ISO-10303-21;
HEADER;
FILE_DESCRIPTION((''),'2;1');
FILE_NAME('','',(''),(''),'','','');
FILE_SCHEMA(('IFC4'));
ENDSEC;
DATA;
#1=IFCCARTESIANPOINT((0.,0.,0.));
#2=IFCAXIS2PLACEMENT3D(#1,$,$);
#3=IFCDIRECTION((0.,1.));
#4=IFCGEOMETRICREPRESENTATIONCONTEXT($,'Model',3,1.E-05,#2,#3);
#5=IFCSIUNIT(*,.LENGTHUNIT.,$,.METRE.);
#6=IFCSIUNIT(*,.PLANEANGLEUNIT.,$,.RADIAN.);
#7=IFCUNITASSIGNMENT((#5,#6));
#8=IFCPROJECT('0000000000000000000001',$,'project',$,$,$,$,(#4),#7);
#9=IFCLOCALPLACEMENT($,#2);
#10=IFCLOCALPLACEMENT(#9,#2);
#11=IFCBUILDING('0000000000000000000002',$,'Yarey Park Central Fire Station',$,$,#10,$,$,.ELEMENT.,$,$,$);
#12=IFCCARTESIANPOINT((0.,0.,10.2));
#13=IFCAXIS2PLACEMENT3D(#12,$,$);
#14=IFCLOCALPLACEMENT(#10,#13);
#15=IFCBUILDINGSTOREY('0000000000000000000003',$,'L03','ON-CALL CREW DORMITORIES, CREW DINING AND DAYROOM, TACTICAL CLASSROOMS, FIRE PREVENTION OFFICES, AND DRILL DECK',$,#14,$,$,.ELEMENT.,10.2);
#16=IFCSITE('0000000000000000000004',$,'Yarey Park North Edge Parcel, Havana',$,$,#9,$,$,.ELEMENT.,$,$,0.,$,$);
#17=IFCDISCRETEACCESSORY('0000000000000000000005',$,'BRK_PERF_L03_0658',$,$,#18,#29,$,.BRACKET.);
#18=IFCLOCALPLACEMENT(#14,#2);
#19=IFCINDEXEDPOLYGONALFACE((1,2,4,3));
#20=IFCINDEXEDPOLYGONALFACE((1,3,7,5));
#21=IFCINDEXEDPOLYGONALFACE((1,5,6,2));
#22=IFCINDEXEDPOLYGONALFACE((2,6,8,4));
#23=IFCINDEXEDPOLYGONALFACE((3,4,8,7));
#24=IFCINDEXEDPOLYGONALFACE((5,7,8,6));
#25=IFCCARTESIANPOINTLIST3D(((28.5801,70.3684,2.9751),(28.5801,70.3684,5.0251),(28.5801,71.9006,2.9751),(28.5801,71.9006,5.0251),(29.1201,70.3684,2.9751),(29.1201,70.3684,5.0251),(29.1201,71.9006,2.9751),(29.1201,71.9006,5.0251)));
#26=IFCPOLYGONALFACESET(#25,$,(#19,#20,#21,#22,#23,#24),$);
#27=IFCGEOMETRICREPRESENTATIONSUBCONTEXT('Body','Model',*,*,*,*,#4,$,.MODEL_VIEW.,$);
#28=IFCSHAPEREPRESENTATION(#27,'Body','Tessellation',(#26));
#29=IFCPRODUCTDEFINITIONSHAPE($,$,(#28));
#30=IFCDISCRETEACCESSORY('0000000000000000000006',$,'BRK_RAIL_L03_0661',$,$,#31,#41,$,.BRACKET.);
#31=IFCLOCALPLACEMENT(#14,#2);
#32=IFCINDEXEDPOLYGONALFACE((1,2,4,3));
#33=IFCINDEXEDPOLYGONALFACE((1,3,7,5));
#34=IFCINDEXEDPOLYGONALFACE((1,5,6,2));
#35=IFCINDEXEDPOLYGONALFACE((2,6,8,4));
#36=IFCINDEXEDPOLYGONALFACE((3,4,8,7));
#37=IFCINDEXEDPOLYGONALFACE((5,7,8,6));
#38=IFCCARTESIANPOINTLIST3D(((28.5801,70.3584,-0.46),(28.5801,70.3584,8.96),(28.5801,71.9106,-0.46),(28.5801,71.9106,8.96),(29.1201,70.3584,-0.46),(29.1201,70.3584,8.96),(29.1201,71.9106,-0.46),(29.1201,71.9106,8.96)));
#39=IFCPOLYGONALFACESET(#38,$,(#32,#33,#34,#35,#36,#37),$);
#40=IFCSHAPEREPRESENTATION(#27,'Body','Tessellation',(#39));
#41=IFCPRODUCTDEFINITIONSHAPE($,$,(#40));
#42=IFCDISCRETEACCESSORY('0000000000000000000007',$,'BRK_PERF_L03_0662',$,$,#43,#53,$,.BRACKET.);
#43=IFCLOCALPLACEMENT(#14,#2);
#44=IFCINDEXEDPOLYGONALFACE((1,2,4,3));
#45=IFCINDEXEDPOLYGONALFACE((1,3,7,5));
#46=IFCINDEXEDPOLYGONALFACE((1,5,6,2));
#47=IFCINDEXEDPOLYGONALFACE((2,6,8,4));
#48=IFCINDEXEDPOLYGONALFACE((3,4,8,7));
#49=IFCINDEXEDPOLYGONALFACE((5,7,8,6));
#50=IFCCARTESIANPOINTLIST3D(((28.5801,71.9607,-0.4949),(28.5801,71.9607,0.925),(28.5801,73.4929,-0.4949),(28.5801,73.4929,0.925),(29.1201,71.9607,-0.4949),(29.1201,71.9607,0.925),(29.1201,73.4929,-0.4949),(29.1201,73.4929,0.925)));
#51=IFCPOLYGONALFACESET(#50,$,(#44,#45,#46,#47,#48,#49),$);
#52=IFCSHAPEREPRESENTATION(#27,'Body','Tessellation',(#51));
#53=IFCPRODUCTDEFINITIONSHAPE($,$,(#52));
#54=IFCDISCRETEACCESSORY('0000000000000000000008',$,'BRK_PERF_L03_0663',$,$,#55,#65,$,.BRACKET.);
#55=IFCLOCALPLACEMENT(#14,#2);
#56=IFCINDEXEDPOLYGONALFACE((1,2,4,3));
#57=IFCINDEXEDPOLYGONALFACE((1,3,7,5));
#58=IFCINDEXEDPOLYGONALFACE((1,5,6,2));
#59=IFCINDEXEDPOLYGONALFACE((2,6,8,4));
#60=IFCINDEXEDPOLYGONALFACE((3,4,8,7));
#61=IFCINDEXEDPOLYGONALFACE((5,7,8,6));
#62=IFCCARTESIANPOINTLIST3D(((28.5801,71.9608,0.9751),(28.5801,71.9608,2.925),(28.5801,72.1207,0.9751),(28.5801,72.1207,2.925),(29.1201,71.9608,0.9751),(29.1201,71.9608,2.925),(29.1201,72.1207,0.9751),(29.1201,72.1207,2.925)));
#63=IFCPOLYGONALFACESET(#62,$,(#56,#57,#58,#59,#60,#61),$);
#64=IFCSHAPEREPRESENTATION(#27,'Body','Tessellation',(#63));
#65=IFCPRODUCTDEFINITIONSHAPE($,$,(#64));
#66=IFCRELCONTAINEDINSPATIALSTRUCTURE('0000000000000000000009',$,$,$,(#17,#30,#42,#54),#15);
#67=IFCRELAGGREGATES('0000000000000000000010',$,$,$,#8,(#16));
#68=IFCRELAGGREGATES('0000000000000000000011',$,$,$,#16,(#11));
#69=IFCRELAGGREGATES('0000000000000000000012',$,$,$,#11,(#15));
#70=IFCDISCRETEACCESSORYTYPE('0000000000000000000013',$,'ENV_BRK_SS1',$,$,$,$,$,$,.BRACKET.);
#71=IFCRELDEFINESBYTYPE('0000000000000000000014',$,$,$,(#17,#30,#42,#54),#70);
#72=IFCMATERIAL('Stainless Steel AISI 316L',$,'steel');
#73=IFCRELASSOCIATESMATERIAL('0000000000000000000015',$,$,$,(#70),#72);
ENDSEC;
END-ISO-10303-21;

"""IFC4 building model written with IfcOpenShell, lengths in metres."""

from ifc_helpers import new_model, si_unit, direction, frame, origin, origin_2d, place, context, subcontext, project, spatial, rectangle, extrude, material, type_object, element, save


model = new_model("IFC4")

# Units and contexts
model_context = context("Model", 3, precision=1e-05, world=origin(), true_north=direction((0.0, 1.0)))
body_context = subcontext(model_context, "Body", "Model", "MODEL_VIEW")
ifc_project = project(units=[si_unit("LENGTHUNIT", "METRE"), si_unit("PLANEANGLEUNIT", "RADIAN")], contexts=[model_context])

# Site, building, storey
site_placement = place(None, origin())
site = spatial("IfcSite", under=ifc_project, at=site_placement, Name="Yarey Park North Edge Parcel, Havana", CompositionType="ELEMENT", RefElevation=0.0)
building_placement = place(site_placement, origin())
building = spatial("IfcBuilding", under=site, at=building_placement, Name="Yarey Park Central Fire Station", CompositionType="ELEMENT")
storey_placement = place(building_placement, frame((0.0, 0.0, 10.2)))
storey = spatial("IfcBuildingStorey", under=building, at=storey_placement, Name="L03", Description="ON-CALL CREW DORMITORIES, CREW DINING AND DAYROOM, TACTICAL CLASSROOMS, FIRE PREVENTION OFFICES, AND DRILL DECK", CompositionType="ELEMENT", Elevation=10.2)

# Discrete accessories
ifc_material_1 = material(Name="Stainless Steel AISI 316L", Category="steel")
discrete_accessory_type = type_object("IfcDiscreteAccessoryType", Name="ENV_BRK_SS1", PredefinedType="BRACKET", material=ifc_material_1)
discrete_accessory_1_placement = place(storey_placement, frame((28.8501, 71.1345, 2.9751), z_axis=(0.0, 0.0, 1.0), x_axis=(1.0, 0.0, 0.0)))
element("IfcDiscreteAccessory", 1, at=discrete_accessory_1_placement, inside=storey, type_object=discrete_accessory_type, Name="BRK_PERF_L03_0658", PredefinedType="BRACKET", context=body_context, shape_type="SweptSolid", body=[
    extrude(rectangle(XDim=0.54, YDim=1.5322, at=origin_2d()), origin(), (0.0, 0.0, 1.0), 2.05),
])
discrete_accessory_2_placement = place(storey_placement, frame((28.8501, 71.1345, -0.46), z_axis=(0.0, 0.0, 1.0), x_axis=(1.0, 0.0, 0.0)))
element("IfcDiscreteAccessory", 2, at=discrete_accessory_2_placement, inside=storey, type_object=discrete_accessory_type, Name="BRK_RAIL_L03_0661", PredefinedType="BRACKET", context=body_context, shape_type="SweptSolid", body=[
    extrude(rectangle(XDim=0.54, YDim=1.5522, at=origin_2d()), origin(), (0.0, 0.0, 1.0), 9.4199),
])
discrete_accessory_3_placement = place(storey_placement, frame((28.8501, 72.7268, -0.4949), z_axis=(0.0, 0.0, 1.0), x_axis=(1.0, 0.0, 0.0)))
element("IfcDiscreteAccessory", 3, at=discrete_accessory_3_placement, inside=storey, type_object=discrete_accessory_type, Name="BRK_PERF_L03_0662", PredefinedType="BRACKET", context=body_context, shape_type="SweptSolid", body=[
    extrude(rectangle(XDim=0.54, YDim=1.5322, at=origin_2d()), origin(), (0.0, 0.0, 1.0), 1.4199),
])
discrete_accessory_4_placement = place(storey_placement, frame((28.8501, 72.0408, 0.9751), z_axis=(0.0, 0.0, 1.0), x_axis=(1.0, 0.0, 0.0)))
element("IfcDiscreteAccessory", 4, at=discrete_accessory_4_placement, inside=storey, type_object=discrete_accessory_type, Name="BRK_PERF_L03_0663", PredefinedType="BRACKET", context=body_context, shape_type="SweptSolid", body=[
    extrude(rectangle(XDim=0.54, YDim=0.1599, at=origin_2d()), origin(), (0.0, 0.0, 1.0), 1.95),
])

save(model, "model.ifc")
